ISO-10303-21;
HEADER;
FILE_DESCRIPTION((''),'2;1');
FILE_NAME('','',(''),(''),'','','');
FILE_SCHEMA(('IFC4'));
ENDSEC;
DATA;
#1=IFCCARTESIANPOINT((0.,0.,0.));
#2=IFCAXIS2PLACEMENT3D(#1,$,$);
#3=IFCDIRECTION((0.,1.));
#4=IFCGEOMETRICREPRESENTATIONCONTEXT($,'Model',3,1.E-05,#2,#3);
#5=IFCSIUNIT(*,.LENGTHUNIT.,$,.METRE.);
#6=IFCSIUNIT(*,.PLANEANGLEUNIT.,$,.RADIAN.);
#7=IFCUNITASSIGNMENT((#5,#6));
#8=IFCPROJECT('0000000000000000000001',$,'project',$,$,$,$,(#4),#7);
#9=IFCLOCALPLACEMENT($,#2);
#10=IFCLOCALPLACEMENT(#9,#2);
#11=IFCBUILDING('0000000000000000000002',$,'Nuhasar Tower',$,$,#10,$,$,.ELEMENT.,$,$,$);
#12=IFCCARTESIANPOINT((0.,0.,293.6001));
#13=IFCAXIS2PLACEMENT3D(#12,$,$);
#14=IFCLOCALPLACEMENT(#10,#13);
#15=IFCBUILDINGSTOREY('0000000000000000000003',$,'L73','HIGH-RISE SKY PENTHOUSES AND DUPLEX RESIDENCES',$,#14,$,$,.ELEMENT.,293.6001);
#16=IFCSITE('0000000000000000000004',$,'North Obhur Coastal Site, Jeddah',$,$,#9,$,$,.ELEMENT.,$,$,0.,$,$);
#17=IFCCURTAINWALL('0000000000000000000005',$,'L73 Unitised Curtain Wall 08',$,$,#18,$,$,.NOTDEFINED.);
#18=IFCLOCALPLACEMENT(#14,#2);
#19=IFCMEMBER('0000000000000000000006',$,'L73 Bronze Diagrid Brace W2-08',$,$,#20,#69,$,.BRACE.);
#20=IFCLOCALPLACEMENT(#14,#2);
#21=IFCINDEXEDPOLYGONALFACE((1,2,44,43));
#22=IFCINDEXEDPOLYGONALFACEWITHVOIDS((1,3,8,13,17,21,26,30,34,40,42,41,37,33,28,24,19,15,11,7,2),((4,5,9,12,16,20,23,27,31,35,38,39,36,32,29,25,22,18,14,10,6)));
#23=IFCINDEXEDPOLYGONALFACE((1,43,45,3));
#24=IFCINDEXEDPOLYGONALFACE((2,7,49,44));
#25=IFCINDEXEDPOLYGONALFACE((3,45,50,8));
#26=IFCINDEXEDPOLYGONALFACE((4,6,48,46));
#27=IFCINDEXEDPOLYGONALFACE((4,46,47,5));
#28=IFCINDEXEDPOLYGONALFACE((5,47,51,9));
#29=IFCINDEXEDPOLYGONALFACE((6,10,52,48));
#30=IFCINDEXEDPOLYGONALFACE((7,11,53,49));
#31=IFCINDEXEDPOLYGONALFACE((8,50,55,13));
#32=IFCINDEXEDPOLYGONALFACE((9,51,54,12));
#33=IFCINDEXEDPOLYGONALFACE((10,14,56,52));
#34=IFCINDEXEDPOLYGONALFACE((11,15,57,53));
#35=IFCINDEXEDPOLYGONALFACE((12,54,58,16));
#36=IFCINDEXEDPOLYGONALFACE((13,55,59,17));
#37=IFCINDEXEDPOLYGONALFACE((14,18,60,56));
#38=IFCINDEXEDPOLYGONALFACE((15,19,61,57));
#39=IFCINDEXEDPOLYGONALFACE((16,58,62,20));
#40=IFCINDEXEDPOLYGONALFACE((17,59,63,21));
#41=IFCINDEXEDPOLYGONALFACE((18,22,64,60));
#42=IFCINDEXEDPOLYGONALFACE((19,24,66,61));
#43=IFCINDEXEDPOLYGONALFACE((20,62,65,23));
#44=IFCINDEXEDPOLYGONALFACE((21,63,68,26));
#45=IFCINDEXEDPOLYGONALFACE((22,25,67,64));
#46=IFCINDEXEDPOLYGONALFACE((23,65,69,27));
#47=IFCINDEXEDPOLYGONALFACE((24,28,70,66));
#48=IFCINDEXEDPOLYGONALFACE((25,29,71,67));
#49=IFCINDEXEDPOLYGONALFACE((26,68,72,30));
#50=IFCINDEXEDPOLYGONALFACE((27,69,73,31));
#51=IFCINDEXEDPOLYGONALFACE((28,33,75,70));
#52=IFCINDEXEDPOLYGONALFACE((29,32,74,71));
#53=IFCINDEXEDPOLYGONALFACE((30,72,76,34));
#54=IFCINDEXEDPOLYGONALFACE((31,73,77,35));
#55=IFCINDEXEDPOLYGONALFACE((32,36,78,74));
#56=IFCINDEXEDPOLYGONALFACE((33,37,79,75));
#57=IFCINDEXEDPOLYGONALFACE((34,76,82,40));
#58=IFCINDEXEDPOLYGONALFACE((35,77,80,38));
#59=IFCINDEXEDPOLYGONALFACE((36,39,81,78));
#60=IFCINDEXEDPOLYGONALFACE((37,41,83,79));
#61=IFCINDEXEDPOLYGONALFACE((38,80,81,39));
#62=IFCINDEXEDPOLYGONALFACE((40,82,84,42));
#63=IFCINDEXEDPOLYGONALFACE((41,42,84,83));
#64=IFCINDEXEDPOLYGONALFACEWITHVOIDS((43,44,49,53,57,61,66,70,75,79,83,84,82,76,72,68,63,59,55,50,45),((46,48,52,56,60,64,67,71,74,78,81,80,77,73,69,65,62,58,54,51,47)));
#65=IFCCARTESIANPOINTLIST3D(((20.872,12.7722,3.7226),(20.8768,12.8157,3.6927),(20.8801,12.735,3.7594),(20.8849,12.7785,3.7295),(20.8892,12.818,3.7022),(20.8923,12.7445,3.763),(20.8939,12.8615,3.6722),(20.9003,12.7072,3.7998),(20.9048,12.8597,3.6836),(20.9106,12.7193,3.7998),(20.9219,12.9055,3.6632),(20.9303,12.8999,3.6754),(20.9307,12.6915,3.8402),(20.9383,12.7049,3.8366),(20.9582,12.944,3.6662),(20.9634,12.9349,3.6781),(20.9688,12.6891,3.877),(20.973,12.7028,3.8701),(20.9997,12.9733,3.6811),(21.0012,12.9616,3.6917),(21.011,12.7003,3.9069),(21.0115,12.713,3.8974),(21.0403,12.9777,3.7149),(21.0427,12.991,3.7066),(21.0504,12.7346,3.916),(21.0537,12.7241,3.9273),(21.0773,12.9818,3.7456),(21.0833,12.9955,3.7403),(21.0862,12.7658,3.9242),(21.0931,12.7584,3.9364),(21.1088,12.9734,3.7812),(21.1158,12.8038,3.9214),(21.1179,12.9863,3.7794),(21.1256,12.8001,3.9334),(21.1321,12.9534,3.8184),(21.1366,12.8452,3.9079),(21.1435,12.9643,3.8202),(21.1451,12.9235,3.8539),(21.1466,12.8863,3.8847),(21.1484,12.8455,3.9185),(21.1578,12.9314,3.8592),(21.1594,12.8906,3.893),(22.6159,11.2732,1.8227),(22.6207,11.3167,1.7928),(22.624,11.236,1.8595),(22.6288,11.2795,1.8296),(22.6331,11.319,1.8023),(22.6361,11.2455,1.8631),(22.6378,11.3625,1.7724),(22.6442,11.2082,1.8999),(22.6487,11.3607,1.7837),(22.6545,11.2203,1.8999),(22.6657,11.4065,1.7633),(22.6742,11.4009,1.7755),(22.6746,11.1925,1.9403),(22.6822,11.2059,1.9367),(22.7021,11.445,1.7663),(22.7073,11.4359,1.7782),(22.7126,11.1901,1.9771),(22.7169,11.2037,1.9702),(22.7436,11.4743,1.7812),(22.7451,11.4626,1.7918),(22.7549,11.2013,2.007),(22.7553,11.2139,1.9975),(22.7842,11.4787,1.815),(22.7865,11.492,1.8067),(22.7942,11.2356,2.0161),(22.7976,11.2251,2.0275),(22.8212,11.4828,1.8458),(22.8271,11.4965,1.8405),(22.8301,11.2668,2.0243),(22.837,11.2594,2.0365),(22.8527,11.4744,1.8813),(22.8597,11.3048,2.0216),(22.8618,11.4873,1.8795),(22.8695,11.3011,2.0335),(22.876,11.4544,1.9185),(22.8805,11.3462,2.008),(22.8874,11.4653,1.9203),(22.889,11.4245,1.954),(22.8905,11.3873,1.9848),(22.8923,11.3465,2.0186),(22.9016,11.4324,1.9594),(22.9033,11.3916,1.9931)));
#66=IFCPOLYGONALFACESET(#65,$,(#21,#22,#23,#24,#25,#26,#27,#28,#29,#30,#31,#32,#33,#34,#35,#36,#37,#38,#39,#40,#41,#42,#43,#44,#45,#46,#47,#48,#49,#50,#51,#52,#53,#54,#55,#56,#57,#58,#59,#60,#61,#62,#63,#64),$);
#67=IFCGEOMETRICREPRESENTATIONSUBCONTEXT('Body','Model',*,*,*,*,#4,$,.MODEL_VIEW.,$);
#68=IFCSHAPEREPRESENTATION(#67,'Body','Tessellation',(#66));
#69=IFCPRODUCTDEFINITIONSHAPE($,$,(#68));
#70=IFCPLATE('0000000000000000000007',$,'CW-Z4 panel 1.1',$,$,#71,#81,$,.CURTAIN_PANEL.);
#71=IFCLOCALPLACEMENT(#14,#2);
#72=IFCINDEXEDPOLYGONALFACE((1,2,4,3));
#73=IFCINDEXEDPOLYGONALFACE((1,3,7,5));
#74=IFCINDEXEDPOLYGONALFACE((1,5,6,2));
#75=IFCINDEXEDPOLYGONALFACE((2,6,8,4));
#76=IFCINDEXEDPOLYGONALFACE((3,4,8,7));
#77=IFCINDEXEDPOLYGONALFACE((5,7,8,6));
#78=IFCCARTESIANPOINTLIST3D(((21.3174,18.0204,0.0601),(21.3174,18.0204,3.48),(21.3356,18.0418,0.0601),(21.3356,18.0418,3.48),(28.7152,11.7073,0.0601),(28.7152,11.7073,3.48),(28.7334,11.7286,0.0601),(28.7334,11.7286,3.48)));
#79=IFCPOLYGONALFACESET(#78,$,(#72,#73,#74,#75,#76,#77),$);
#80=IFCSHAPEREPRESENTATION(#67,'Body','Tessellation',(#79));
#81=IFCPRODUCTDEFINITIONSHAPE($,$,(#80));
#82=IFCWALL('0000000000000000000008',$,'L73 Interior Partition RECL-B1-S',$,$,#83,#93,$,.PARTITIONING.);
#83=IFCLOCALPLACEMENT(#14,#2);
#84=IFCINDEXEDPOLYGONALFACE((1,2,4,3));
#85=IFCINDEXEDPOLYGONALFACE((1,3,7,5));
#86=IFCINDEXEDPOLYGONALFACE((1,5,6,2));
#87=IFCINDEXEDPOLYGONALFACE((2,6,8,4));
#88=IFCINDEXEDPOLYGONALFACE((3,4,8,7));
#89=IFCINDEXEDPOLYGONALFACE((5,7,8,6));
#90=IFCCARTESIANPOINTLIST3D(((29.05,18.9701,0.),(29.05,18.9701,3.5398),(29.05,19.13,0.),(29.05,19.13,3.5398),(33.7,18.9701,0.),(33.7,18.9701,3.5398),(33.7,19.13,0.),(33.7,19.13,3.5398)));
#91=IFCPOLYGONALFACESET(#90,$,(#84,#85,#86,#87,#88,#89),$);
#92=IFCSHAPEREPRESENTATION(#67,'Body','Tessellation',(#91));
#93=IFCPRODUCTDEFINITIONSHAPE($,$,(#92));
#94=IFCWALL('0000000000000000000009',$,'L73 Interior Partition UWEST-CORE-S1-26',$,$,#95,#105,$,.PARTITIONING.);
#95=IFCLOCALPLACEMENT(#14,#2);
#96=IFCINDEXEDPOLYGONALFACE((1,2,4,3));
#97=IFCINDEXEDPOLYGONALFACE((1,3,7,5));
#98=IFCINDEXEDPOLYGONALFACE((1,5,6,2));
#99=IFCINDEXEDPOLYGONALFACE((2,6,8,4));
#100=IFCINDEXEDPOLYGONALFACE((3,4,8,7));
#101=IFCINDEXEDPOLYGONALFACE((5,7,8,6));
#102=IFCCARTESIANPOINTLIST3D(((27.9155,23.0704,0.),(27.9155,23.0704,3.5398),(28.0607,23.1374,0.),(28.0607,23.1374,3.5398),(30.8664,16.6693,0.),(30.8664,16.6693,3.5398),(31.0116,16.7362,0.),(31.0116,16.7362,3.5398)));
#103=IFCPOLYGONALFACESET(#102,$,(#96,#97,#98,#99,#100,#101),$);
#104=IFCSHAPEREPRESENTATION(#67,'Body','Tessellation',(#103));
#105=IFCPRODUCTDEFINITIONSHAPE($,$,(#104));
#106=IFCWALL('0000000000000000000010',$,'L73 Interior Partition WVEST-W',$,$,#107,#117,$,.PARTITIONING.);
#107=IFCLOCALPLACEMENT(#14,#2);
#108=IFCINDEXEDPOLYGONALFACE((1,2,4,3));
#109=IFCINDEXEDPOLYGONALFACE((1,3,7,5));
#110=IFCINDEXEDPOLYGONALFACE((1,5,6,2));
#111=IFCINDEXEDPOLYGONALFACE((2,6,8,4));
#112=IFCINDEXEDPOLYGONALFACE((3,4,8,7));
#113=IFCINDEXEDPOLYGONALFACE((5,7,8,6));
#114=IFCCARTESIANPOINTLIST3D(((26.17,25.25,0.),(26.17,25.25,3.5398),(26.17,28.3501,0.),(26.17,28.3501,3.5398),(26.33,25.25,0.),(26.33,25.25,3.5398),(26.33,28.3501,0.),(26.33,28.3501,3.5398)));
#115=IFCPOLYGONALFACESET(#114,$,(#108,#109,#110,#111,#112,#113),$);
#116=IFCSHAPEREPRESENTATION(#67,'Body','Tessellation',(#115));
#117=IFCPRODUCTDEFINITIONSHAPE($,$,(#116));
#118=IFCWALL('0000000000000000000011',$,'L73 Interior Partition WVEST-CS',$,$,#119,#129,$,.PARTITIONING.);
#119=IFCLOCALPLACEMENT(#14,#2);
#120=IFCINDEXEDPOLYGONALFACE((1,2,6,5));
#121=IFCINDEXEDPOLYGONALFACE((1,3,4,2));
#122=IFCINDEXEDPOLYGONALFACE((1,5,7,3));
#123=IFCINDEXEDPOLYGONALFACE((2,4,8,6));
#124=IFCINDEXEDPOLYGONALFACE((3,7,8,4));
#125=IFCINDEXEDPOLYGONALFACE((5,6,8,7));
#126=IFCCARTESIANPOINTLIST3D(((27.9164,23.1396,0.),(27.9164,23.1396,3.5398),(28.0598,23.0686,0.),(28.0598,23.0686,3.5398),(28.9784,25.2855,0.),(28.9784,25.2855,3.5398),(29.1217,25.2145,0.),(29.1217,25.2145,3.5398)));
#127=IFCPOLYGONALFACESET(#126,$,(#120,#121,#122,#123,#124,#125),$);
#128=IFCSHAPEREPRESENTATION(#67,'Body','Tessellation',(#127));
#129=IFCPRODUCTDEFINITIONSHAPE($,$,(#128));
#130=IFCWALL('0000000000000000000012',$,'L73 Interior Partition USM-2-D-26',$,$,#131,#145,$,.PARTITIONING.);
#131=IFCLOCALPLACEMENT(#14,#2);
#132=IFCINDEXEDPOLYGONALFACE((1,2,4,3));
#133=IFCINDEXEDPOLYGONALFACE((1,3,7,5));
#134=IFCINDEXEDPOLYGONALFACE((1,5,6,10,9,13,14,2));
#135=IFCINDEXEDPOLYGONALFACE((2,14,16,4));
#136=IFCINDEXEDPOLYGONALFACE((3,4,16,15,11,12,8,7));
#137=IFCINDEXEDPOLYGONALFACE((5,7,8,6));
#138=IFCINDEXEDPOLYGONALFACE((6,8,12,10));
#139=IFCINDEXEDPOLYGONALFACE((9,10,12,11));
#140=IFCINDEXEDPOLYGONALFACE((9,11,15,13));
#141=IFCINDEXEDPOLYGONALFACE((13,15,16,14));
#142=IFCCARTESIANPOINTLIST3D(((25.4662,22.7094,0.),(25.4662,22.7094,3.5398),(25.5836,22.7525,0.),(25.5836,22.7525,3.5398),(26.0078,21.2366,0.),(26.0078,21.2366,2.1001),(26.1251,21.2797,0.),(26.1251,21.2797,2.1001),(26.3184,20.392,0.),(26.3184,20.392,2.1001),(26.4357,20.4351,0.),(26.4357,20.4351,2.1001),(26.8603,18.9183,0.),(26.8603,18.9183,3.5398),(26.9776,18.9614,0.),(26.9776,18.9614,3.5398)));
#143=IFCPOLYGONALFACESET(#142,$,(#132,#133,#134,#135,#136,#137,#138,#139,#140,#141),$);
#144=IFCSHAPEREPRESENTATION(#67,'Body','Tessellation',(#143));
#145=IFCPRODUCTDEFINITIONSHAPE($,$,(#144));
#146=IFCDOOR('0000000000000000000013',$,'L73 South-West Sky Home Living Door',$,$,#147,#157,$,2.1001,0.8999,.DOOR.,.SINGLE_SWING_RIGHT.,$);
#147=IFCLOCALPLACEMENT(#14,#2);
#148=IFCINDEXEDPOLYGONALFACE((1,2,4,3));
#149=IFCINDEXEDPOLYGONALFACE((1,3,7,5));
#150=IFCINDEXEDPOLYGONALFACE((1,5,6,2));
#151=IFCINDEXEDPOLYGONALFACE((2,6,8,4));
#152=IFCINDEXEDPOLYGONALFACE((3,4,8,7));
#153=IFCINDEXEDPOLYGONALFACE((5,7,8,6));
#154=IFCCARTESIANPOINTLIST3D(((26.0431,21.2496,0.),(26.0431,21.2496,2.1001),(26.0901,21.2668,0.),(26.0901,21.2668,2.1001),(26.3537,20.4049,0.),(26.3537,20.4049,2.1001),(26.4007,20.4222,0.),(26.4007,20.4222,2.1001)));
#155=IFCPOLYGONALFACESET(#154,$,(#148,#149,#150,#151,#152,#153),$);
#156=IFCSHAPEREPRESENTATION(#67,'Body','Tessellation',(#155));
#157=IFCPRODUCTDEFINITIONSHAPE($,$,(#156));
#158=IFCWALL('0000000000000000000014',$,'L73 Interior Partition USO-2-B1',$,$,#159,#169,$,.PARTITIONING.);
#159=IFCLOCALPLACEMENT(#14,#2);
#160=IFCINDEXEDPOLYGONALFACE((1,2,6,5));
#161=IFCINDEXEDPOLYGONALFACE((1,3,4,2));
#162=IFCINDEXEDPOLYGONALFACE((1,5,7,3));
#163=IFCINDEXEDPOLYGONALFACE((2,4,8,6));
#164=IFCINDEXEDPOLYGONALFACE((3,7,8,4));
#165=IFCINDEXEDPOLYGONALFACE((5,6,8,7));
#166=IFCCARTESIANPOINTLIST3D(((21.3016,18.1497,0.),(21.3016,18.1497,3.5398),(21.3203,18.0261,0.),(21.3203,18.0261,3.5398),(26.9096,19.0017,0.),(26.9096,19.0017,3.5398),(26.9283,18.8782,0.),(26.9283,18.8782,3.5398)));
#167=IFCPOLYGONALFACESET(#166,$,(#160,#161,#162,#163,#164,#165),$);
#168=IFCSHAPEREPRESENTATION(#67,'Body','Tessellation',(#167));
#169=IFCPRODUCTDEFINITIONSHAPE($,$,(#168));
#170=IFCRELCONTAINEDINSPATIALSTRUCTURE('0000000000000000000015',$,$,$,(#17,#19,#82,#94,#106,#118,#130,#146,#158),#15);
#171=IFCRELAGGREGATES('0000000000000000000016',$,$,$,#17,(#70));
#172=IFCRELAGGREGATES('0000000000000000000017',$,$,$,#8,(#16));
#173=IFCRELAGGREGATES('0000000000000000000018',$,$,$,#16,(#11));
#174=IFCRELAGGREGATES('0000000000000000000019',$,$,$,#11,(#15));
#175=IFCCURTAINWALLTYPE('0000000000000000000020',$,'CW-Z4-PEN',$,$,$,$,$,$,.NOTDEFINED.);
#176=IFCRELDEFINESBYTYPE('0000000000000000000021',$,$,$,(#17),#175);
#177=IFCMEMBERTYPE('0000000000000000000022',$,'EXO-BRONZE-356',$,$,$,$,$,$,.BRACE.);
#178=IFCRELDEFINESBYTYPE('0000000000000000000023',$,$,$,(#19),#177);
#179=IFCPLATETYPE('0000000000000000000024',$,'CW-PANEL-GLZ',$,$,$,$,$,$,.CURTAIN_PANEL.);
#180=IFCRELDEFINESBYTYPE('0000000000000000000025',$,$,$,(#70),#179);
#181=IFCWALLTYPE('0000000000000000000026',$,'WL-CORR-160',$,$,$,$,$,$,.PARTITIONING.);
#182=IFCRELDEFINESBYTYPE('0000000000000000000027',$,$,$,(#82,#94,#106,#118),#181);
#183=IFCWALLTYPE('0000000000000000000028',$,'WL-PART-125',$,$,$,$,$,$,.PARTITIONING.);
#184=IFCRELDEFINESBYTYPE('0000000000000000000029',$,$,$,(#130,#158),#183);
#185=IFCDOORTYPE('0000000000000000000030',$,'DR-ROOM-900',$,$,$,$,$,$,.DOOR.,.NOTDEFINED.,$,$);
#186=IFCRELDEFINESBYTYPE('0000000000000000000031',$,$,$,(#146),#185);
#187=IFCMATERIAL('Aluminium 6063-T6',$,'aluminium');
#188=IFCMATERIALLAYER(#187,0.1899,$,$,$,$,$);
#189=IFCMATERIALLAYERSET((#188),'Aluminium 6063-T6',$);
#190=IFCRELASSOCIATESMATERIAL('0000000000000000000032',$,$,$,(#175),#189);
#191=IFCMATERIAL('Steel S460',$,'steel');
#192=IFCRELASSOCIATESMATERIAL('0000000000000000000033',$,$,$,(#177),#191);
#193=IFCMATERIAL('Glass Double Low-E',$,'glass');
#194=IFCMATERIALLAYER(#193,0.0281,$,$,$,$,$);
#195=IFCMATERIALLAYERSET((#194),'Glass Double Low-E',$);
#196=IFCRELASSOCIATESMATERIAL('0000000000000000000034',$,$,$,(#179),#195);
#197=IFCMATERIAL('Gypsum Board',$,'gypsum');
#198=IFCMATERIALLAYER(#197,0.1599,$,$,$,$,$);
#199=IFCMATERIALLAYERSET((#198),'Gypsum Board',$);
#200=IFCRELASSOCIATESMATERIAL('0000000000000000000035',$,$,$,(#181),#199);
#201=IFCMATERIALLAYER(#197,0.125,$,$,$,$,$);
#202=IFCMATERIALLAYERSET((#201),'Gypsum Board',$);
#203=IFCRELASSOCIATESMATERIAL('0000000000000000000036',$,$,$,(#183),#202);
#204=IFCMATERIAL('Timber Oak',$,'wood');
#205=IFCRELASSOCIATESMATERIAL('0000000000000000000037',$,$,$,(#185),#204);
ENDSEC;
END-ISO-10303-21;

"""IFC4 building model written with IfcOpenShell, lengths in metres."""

from ifc_helpers import new_model, si_unit, direction, frame, frame_2d, origin, origin_2d, place, context, subcontext, project, spatial, rectangle, hollow_circle, extrude, material, layer, layer_set, material_profile, profile_set, type_object, element, fill, aggregate, save


model = new_model("IFC4")

# Units and contexts
model_context = context("Model", 3, precision=1e-05, world=origin(), true_north=direction((0.0, 1.0)))
body_context = subcontext(model_context, "Body", "Model", "MODEL_VIEW")
ifc_project = project(units=[si_unit("LENGTHUNIT", "METRE"), si_unit("PLANEANGLEUNIT", "RADIAN")], contexts=[model_context])

# Site, building, storey
site_placement = place(None, origin())
site = spatial("IfcSite", under=ifc_project, at=site_placement, Name="North Obhur Coastal Site, Jeddah", CompositionType="ELEMENT", RefElevation=0.0)
building_placement = place(site_placement, origin())
building = spatial("IfcBuilding", under=site, at=building_placement, Name="Nuhasar Tower", CompositionType="ELEMENT")
storey_placement = place(building_placement, frame((0.0, 0.0, 293.6001)))
storey = spatial("IfcBuildingStorey", under=building, at=storey_placement, Name="L73", Description="HIGH-RISE SKY PENTHOUSES AND DUPLEX RESIDENCES", CompositionType="ELEMENT", Elevation=293.6001)

# Curtain wall
ifc_material_1 = material(Name="Aluminium 6063-T6", Category="aluminium")
ifc_layer_1 = layer(ifc_material_1, 0.1899)
ifc_layer_set_1 = layer_set([ifc_layer_1], Name="Aluminium 6063-T6")
curtain_wall_type = type_object("IfcCurtainWallType", Name="CW-Z4-PEN", PredefinedType="NOTDEFINED", material=ifc_layer_set_1)
curtain_wall_1_placement = place(storey_placement, origin())
curtain_wall_1 = element("IfcCurtainWall", 1, at=curtain_wall_1_placement, inside=storey, type_object=curtain_wall_type, Name="L73 Unitised Curtain Wall 08", PredefinedType="NOTDEFINED")

# Member
ifc_material_2 = material(Name="Steel S460", Category="steel")
ifc_material_profile_1 = material_profile(ifc_material_2, hollow_circle(Radius=0.1777, WallThickness=0.0159, at=origin_2d()), Name="HSS355.6X15.9")
ifc_profile_set_1 = profile_set([ifc_material_profile_1], Name="Steel S460")
member_type_1 = type_object("IfcMemberType", Name="EXO-BRONZE-356", PredefinedType="BRACE", material=ifc_profile_set_1)
member_1_placement = place(storey_placement, frame((22.76, 11.343, 1.8999), z_axis=(-0.584625, 0.502534, 0.636925), x_axis=(-0.651857, -0.758342, 0.0)))
element("IfcMember", 2, at=member_1_placement, inside=storey, type_object=member_type_1, Name="L73 Bronze Diagrid Brace W2-08", PredefinedType="BRACE", context=body_context, shape_type="SweptSolid", body=[
    extrude(hollow_circle(Radius=0.1777, WallThickness=0.0159, at=origin_2d()), origin(), (0.0, 0.0, 1.0), 2.9829),
])

# Plate
ifc_material_3 = material(Name="Glass Double Low-E", Category="glass")
ifc_layer_2 = layer(ifc_material_3, 0.0281)
ifc_layer_set_2 = layer_set([ifc_layer_2], Name="Glass Double Low-E")
plate_type = type_object("IfcPlateType", Name="CW-PANEL-GLZ", PredefinedType="CURTAIN_PANEL", material=ifc_layer_set_2)
plate_placement = place(storey_placement, frame((25.0254, 14.8745, 0.0601), z_axis=(0.0, 0.0, 1.0), x_axis=(0.760667, -0.649142, 0.0)))
plate = element("IfcPlate", 3, at=plate_placement, type_object=plate_type, Name="CW-Z4 panel 1.1", PredefinedType="CURTAIN_PANEL", context=body_context, shape_type="SweptSolid", body=[
    extrude(rectangle(XDim=9.7253, YDim=0.0281, at=origin_2d()), origin(), (0.0, 0.0, 1.0), 3.4199),
])
aggregate(curtain_wall_1, [plate])

# Walls
ifc_material_4 = material(Name="Gypsum Board", Category="gypsum")
ifc_layer_3 = layer(ifc_material_4, 0.1599)
ifc_layer_set_3 = layer_set([ifc_layer_3], Name="Gypsum Board")
wall_type_1 = type_object("IfcWallType", Name="WL-CORR-160", PredefinedType="PARTITIONING", material=ifc_layer_set_3)
wall_1_placement = place(storey_placement, frame((29.05, 19.05, 0.0), z_axis=(0.0, 0.0, 1.0), x_axis=(1.0, 0.0, 0.0)))
element("IfcWall", 4, at=wall_1_placement, inside=storey, type_object=wall_type_1, Name="L73 Interior Partition RECL-B1-S", PredefinedType="PARTITIONING", context=body_context, shape_type="SweptSolid", body=[
    extrude(rectangle(XDim=4.6499, YDim=0.1599, at=frame_2d((2.325, 0.0))), origin(), (0.0, 0.0, 1.0), 3.5398),
])
wall_2_placement = place(storey_placement, frame((27.988, 23.104, 0.0), z_axis=(0.0, 0.0, 1.0), x_axis=(0.418656, -0.908145, 0.0)))
element("IfcWall", 5, at=wall_2_placement, inside=storey, type_object=wall_type_1, Name="L73 Interior Partition UWEST-CORE-S1-26", PredefinedType="PARTITIONING", context=body_context, shape_type="SweptSolid", body=[
    extrude(rectangle(XDim=7.0486, YDim=0.1599, at=frame_2d((3.5244, 0.0))), origin(), (0.0, 0.0, 1.0), 3.5398),
])

# Shared definitions
ifc_material_5 = material(Name="Timber Oak", Category="wood")

# Walls
wall_3_placement = place(storey_placement, frame((26.25, 25.25, 0.0), z_axis=(0.0, 0.0, 1.0), x_axis=(0.0, 1.0, 0.0)))
element("IfcWall", 6, at=wall_3_placement, inside=storey, type_object=wall_type_1, Name="L73 Interior Partition WVEST-W", PredefinedType="PARTITIONING", context=body_context, shape_type="SweptSolid", body=[
    extrude(rectangle(XDim=3.1001, YDim=0.1599, at=frame_2d((1.55, 0.0))), origin(), (0.0, 0.0, 1.0), 3.5398),
])
wall_4_placement = place(storey_placement, frame((27.988, 23.104, 0.0), z_axis=(0.0, 0.0, 1.0), x_axis=(0.443539, 0.896255, 0.0)))
element("IfcWall", 7, at=wall_4_placement, inside=storey, type_object=wall_type_1, Name="L73 Interior Partition WVEST-CS", PredefinedType="PARTITIONING", context=body_context, shape_type="SweptSolid", body=[
    extrude(rectangle(XDim=2.3943, YDim=0.1599, at=frame_2d((1.1973, 0.0))), origin(), (0.0, 0.0, 1.0), 3.5398),
])

# Wall, opening, door
ifc_layer_4 = layer(ifc_material_4, 0.125)
ifc_layer_set_4 = layer_set([ifc_layer_4], Name="Gypsum Board")
wall_type_2 = type_object("IfcWallType", Name="WL-PART-125", PredefinedType="PARTITIONING", material=ifc_layer_set_4)
wall_5_placement = place(storey_placement, frame((26.9189, 18.9399, 0.0), z_axis=(0.0, 0.0, 1.0), x_axis=(-0.345128, 0.938556, 0.0)))
wall_5 = element("IfcWall", 8, at=wall_5_placement, inside=storey, type_object=wall_type_2, Name="L73 Interior Partition USM-2-D-26", PredefinedType="PARTITIONING", context=body_context, shape_type="SweptSolid", body=[
    extrude(rectangle(XDim=4.0393, YDim=0.125, at=frame_2d((2.0195, 0.0))), origin(), (0.0, 0.0, 1.0), 3.5398),
])
opening_1_placement = place(wall_5_placement, frame((1.5701, 0.0, 0.0)))
opening_1 = element("IfcOpeningElement", 9, at=opening_1_placement, cuts=wall_5, PredefinedType="OPENING", context=body_context, shape_type="SweptSolid", body=[
    extrude(rectangle(XDim=0.8999, YDim=2.1001, at=frame_2d((0.45, 1.05))), frame((0.0, 0.0725, 0.0), z_axis=(0.0, -1.0, 0.0), x_axis=(1.0, 0.0, 0.0)), (0.0, 0.0, 1.0), 0.145),
])
door_type_1 = type_object("IfcDoorType", Name="DR-ROOM-900", OperationType="NOTDEFINED", PredefinedType="DOOR", material=ifc_material_5)
door_1_placement = place(opening_1_placement, origin())
door_1 = element("IfcDoor", 10, at=door_1_placement, inside=storey, type_object=door_type_1, Name="L73 South-West Sky Home Living Door", OperationType="SINGLE_SWING_RIGHT", OverallHeight=2.1001, OverallWidth=0.8999, PredefinedType="DOOR", context=body_context, shape_type="SweptSolid", body=[
    extrude(rectangle(XDim=0.8999, YDim=2.1001, at=frame_2d((0.45, 1.05))), frame((0.0, 0.0249, 0.0), z_axis=(0.0, -1.0, 0.0), x_axis=(1.0, 0.0, 0.0)), (0.0, 0.0, 1.0), 0.05),
])
fill(opening_1, door_1)

# Wall
wall_6_placement = place(storey_placement, frame((26.9189, 18.9399, 0.0), z_axis=(0.0, 0.0, 1.0), x_axis=(-0.988654, -0.150213, 0.0)))
element("IfcWall", 11, at=wall_6_placement, inside=storey, type_object=wall_type_2, Name="L73 Interior Partition USO-2-B1", PredefinedType="PARTITIONING", context=body_context, shape_type="SweptSolid", body=[
    extrude(rectangle(XDim=5.6724, YDim=0.125, at=frame_2d((2.8362, 0.0))), origin(), (0.0, 0.0, 1.0), 3.5398),
])

save(model, "model.ifc")
